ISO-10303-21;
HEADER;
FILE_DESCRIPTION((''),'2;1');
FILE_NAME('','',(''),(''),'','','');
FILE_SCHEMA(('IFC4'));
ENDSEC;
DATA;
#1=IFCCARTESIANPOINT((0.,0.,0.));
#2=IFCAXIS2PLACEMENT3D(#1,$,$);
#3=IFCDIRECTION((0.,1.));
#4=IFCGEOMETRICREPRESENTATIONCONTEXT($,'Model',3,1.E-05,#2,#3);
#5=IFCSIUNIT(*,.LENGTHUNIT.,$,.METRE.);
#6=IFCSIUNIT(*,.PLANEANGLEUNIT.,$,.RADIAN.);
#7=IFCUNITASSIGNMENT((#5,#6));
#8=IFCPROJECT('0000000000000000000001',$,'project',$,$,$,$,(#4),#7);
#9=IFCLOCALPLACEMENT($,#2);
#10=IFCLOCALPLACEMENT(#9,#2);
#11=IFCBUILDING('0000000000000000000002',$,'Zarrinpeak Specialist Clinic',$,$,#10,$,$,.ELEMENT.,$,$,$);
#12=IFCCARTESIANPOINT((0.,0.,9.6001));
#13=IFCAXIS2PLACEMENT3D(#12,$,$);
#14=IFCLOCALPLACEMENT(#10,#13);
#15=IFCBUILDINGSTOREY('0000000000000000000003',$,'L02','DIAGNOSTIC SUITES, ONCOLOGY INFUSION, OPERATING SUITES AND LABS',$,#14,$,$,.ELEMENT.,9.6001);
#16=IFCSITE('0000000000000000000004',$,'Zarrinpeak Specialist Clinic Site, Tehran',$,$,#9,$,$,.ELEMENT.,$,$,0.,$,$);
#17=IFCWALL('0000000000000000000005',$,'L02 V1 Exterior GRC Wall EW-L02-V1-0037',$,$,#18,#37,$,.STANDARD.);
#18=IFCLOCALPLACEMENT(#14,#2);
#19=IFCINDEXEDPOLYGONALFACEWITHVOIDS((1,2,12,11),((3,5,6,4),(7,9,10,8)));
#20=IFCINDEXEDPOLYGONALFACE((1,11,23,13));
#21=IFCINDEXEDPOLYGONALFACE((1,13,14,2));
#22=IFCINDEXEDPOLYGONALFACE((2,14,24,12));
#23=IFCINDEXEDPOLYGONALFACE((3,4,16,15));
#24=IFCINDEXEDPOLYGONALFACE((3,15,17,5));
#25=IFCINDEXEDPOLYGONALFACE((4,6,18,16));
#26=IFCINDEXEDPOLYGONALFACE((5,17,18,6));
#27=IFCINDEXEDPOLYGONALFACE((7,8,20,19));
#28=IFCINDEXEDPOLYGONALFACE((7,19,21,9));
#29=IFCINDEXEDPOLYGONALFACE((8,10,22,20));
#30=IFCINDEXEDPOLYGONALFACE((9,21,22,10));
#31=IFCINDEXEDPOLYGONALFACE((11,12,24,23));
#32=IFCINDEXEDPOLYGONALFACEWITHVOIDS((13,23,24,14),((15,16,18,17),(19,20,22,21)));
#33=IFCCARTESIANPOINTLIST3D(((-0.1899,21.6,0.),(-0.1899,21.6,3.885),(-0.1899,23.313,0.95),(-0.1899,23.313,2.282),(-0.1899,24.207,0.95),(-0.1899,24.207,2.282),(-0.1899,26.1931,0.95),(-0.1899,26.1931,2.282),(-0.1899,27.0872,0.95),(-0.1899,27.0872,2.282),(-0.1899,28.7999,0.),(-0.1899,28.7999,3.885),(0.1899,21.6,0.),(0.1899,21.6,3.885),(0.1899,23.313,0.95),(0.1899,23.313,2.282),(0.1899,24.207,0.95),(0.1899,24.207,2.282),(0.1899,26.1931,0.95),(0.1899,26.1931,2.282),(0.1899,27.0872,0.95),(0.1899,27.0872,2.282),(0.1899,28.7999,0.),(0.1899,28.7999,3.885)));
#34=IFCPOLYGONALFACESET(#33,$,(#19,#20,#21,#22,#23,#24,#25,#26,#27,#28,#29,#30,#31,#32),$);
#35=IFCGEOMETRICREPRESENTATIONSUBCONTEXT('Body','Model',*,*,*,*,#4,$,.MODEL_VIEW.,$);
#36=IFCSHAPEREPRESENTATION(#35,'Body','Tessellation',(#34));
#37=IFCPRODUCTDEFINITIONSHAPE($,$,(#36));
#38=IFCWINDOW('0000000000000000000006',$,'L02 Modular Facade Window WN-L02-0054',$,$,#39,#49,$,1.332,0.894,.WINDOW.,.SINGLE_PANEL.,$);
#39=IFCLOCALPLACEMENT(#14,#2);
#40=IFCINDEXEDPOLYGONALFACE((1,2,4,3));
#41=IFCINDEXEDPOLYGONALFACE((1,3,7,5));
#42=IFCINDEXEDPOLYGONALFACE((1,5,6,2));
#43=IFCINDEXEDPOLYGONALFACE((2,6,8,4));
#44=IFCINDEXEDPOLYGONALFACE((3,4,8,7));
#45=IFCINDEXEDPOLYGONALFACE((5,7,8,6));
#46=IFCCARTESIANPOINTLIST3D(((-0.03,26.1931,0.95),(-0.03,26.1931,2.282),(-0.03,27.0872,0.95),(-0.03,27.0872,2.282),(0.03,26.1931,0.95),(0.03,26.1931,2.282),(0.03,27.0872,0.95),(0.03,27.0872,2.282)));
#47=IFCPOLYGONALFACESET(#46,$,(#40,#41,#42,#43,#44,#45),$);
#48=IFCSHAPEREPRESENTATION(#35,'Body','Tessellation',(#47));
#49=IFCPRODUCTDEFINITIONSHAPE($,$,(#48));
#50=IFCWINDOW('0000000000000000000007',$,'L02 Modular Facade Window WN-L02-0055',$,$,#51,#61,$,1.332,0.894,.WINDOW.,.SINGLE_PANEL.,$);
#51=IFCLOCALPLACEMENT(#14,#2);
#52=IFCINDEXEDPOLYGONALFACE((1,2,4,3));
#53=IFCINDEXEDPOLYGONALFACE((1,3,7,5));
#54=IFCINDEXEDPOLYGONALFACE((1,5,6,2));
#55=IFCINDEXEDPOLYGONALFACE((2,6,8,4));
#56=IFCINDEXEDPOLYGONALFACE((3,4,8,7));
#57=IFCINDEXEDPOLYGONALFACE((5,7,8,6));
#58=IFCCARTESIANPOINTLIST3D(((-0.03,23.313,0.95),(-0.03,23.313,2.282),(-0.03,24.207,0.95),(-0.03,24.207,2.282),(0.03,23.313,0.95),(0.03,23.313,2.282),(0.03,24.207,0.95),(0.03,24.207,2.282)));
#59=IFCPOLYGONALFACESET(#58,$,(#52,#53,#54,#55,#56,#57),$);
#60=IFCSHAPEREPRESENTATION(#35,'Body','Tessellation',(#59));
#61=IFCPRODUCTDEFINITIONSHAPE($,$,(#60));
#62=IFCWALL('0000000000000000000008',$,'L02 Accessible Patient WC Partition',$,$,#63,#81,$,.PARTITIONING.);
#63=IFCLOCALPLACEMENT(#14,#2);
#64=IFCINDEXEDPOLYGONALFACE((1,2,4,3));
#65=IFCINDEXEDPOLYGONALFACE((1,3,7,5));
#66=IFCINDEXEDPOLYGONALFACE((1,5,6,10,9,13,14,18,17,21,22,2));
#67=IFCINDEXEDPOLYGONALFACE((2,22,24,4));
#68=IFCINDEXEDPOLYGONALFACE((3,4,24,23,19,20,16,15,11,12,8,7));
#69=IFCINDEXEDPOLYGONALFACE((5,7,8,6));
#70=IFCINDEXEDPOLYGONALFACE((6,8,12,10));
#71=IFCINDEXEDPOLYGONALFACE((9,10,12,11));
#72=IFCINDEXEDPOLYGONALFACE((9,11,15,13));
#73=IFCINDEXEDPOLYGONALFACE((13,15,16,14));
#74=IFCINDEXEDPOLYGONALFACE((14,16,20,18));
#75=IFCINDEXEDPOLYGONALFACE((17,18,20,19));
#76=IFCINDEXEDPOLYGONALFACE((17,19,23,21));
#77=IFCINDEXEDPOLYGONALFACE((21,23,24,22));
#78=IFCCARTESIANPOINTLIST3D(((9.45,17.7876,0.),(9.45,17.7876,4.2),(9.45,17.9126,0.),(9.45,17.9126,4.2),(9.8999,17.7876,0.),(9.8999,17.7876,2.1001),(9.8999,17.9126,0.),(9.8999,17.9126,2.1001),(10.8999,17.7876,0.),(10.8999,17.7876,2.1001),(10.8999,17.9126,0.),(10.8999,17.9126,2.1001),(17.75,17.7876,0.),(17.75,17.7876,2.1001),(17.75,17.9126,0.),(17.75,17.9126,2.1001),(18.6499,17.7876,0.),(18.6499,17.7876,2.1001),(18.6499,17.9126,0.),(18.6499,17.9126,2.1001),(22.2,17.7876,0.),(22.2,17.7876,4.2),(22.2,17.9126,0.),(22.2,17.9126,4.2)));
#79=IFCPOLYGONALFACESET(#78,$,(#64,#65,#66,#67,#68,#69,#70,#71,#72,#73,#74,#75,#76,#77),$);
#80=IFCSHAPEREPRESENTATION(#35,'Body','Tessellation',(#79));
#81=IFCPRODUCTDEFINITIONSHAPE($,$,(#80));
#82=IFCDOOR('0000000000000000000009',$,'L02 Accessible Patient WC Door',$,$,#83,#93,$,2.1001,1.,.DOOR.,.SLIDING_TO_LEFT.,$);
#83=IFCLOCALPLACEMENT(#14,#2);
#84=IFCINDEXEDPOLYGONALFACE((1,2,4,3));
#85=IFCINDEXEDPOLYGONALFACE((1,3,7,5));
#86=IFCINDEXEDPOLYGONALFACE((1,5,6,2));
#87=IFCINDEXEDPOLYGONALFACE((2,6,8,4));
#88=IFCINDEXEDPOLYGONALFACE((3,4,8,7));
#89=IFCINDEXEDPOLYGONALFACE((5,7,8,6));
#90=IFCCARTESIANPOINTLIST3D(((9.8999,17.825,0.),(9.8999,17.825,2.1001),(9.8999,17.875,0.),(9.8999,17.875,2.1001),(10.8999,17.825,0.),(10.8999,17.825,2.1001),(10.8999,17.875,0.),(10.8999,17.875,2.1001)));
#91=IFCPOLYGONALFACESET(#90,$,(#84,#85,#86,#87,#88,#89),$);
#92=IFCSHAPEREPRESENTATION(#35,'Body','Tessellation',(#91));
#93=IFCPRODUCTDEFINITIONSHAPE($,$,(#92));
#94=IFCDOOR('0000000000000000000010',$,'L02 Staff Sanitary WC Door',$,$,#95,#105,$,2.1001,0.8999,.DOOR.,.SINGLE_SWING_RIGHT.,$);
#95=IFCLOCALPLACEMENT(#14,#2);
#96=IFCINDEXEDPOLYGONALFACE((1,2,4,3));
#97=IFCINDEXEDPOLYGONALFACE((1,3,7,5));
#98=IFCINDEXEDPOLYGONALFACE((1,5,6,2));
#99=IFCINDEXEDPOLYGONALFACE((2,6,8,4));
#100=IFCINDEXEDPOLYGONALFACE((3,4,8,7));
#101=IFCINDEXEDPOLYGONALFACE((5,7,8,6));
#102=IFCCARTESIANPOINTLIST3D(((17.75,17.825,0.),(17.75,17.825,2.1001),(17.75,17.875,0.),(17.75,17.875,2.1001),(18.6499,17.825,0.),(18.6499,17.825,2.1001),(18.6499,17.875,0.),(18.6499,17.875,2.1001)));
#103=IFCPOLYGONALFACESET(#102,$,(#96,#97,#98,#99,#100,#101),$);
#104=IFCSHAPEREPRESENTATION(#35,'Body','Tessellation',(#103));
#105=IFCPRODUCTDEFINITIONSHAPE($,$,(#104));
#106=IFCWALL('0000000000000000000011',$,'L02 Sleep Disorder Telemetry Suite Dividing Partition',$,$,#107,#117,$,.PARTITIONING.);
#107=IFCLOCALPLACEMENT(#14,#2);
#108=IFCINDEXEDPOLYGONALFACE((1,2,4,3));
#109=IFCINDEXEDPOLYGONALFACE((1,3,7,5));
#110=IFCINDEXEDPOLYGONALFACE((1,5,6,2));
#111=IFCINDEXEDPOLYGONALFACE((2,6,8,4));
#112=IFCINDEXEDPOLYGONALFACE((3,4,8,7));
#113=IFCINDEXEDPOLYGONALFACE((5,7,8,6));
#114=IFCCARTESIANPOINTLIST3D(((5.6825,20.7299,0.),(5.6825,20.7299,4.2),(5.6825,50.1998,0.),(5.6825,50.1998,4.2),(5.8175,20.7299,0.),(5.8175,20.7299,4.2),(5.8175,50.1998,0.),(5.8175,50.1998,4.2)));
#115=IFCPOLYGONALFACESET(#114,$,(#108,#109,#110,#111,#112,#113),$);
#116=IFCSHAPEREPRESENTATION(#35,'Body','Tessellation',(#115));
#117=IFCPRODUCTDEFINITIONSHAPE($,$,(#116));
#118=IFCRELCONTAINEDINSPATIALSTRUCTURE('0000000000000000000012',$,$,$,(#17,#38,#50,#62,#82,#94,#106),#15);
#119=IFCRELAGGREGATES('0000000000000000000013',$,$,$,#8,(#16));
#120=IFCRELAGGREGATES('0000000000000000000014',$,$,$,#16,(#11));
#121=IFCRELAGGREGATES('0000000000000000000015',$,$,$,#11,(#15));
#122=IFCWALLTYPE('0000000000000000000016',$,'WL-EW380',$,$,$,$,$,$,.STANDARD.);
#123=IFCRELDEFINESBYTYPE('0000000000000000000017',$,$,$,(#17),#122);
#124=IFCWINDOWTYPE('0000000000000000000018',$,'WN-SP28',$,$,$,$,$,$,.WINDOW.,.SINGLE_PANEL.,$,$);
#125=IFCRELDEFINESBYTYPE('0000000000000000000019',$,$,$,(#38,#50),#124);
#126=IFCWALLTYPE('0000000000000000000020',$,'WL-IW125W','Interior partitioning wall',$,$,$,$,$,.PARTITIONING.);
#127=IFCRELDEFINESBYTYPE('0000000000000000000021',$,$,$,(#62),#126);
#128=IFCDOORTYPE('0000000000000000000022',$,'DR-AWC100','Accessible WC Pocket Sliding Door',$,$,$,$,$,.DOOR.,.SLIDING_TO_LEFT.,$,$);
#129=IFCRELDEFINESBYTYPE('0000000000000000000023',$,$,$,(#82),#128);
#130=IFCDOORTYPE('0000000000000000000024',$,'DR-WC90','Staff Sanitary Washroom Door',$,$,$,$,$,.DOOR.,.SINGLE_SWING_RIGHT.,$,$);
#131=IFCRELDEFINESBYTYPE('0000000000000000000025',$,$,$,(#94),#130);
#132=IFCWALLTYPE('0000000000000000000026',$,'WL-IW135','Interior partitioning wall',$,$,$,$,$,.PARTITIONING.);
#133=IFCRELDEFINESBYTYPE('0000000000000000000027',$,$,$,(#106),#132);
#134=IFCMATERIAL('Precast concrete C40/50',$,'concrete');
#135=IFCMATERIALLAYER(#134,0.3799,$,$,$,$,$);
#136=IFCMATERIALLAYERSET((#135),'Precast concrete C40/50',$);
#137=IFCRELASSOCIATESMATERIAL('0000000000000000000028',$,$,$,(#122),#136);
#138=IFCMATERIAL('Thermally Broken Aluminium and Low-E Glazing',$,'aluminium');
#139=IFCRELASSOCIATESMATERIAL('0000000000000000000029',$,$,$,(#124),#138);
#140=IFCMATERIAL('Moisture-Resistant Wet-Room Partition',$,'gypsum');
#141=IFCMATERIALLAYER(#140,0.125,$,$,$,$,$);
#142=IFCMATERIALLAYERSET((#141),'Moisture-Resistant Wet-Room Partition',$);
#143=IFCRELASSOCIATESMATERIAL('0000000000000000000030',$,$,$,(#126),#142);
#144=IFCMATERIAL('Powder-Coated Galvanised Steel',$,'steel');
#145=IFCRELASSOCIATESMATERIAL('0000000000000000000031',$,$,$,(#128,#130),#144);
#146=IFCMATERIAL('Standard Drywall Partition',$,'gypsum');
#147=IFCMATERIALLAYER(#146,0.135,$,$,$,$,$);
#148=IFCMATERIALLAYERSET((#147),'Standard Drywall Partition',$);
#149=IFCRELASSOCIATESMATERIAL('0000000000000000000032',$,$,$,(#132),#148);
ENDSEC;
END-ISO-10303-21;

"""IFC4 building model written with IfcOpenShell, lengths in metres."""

from ifc_helpers import new_model, si_unit, direction, frame, frame_2d, origin, place, context, subcontext, project, spatial, rectangle, extrude, material, layer, layer_set, type_object, element, fill, save


model = new_model("IFC4")

# Units and contexts
model_context = context("Model", 3, precision=1e-05, world=origin(), true_north=direction((0.0, 1.0)))
body_context = subcontext(model_context, "Body", "Model", "MODEL_VIEW")
ifc_project = project(units=[si_unit("LENGTHUNIT", "METRE"), si_unit("PLANEANGLEUNIT", "RADIAN")], contexts=[model_context])

# Site, building, storey
site_placement = place(None, origin())
site = spatial("IfcSite", under=ifc_project, at=site_placement, Name="Zarrinpeak Specialist Clinic Site, Tehran", CompositionType="ELEMENT", RefElevation=0.0)
building_placement = place(site_placement, origin())
building = spatial("IfcBuilding", under=site, at=building_placement, Name="Zarrinpeak Specialist Clinic", CompositionType="ELEMENT")
storey_placement = place(building_placement, frame((0.0, 0.0, 9.6001)))
storey = spatial("IfcBuildingStorey", under=building, at=storey_placement, Name="L02", Description="DIAGNOSTIC SUITES, ONCOLOGY INFUSION, OPERATING SUITES AND LABS", CompositionType="ELEMENT", Elevation=9.6001)

# Wall, openings, windows
ifc_material_1 = material(Name="Precast concrete C40/50", Category="concrete")
ifc_layer_1 = layer(ifc_material_1, 0.3799)
ifc_layer_set_1 = layer_set([ifc_layer_1], Name="Precast concrete C40/50")
wall_type_1 = type_object("IfcWallType", Name="WL-EW380", PredefinedType="STANDARD", material=ifc_layer_set_1)
ifc_material_2 = material(Name="Thermally Broken Aluminium and Low-E Glazing", Category="aluminium")
wall_1_placement = place(storey_placement, frame((0.0, 28.8, 0.0), z_axis=(0.0, 0.0, 1.0), x_axis=(0.0, -1.0, 0.0)))
wall_1 = element("IfcWall", 1, at=wall_1_placement, inside=storey, type_object=wall_type_1, Name="L02 V1 Exterior GRC Wall EW-L02-V1-0037", PredefinedType="STANDARD", context=body_context, shape_type="SweptSolid", body=[
    extrude(rectangle(XDim=7.2, YDim=0.3799, at=frame_2d((3.6001, 0.0))), origin(), (0.0, 0.0, 1.0), 3.885),
])
opening_1_placement = place(wall_1_placement, frame((1.7129, 0.0, 0.95)))
opening_1 = element("IfcOpeningElement", 2, at=opening_1_placement, cuts=wall_1, PredefinedType="OPENING", context=body_context, shape_type="SweptSolid", body=[
    extrude(rectangle(XDim=0.894, YDim=1.332, at=frame_2d((0.447, 0.666))), frame((0.0, 0.2, 0.0), z_axis=(0.0, -1.0, 0.0), x_axis=(1.0, 0.0, 0.0)), (0.0, 0.0, 1.0), 0.3999),
])
opening_2_placement = place(wall_1_placement, frame((4.593, 0.0, 0.95)))
opening_2 = element("IfcOpeningElement", 3, at=opening_2_placement, cuts=wall_1, PredefinedType="OPENING", context=body_context, shape_type="SweptSolid", body=[
    extrude(rectangle(XDim=0.894, YDim=1.332, at=frame_2d((0.447, 0.666))), frame((0.0, 0.2, 0.0), z_axis=(0.0, -1.0, 0.0), x_axis=(1.0, 0.0, 0.0)), (0.0, 0.0, 1.0), 0.3999),
])
window_type_1 = type_object("IfcWindowType", Name="WN-SP28", PartitioningType="SINGLE_PANEL", PredefinedType="WINDOW", material=ifc_material_2)
window_1_placement = place(opening_1_placement, origin())
window_1 = element("IfcWindow", 4, at=window_1_placement, inside=storey, type_object=window_type_1, Name="L02 Modular Facade Window WN-L02-0054", OverallHeight=1.332, OverallWidth=0.894, PartitioningType="SINGLE_PANEL", PredefinedType="WINDOW", context=body_context, shape_type="SweptSolid", body=[
    extrude(rectangle(XDim=0.894, YDim=1.332, at=frame_2d((0.447, 0.666))), frame((0.0, 0.03, 0.0), z_axis=(0.0, -1.0, 0.0), x_axis=(1.0, 0.0, 0.0)), (0.0, 0.0, 1.0), 0.0601),
])
fill(opening_1, window_1)
window_2_placement = place(opening_2_placement, origin())
window_2 = element("IfcWindow", 5, at=window_2_placement, inside=storey, type_object=window_type_1, Name="L02 Modular Facade Window WN-L02-0055", OverallHeight=1.332, OverallWidth=0.894, PartitioningType="SINGLE_PANEL", PredefinedType="WINDOW", context=body_context, shape_type="SweptSolid", body=[
    extrude(rectangle(XDim=0.894, YDim=1.332, at=frame_2d((0.447, 0.666))), frame((0.0, 0.03, 0.0), z_axis=(0.0, -1.0, 0.0), x_axis=(1.0, 0.0, 0.0)), (0.0, 0.0, 1.0), 0.0601),
])
fill(opening_2, window_2)

# Wall, openings, doors
ifc_material_3 = material(Name="Moisture-Resistant Wet-Room Partition", Category="gypsum")
ifc_layer_2 = layer(ifc_material_3, 0.125)
ifc_layer_set_2 = layer_set([ifc_layer_2], Name="Moisture-Resistant Wet-Room Partition")
wall_type_2 = type_object("IfcWallType", Name="WL-IW125W", Description="Interior partitioning wall", PredefinedType="PARTITIONING", material=ifc_layer_set_2)
wall_2_placement = place(storey_placement, frame((9.45, 17.8501, 0.0), z_axis=(0.0, 0.0, 1.0), x_axis=(1.0, 0.0, 0.0)))
wall_2 = element("IfcWall", 6, at=wall_2_placement, inside=storey, type_object=wall_type_2, Name="L02 Accessible Patient WC Partition", PredefinedType="PARTITIONING", context=body_context, shape_type="SweptSolid", body=[
    extrude(rectangle(XDim=12.75, YDim=0.125, at=frame_2d((6.375, 0.0))), origin(), (0.0, 0.0, 1.0), 4.2),
])
opening_3_placement = place(wall_2_placement, frame((0.45, 0.0, 0.0)))
opening_3 = element("IfcOpeningElement", 7, at=opening_3_placement, cuts=wall_2, PredefinedType="OPENING", context=body_context, shape_type="SweptSolid", body=[
    extrude(rectangle(XDim=1.0, YDim=2.1001, at=frame_2d((0.5, 1.05))), frame((0.0, 0.0725, 0.0), z_axis=(0.0, -1.0, 0.0), x_axis=(1.0, 0.0, 0.0)), (0.0, 0.0, 1.0), 0.145),
])
opening_4_placement = place(wall_2_placement, frame((8.3, 0.0, 0.0)))
opening_4 = element("IfcOpeningElement", 8, at=opening_4_placement, cuts=wall_2, PredefinedType="OPENING", context=body_context, shape_type="SweptSolid", body=[
    extrude(rectangle(XDim=0.8999, YDim=2.1001, at=frame_2d((0.45, 1.05))), frame((0.0, 0.0725, 0.0), z_axis=(0.0, -1.0, 0.0), x_axis=(1.0, 0.0, 0.0)), (0.0, 0.0, 1.0), 0.145),
])
ifc_material_4 = material(Name="Powder-Coated Galvanised Steel", Category="steel")
door_type_1 = type_object("IfcDoorType", Name="DR-AWC100", Description="Accessible WC Pocket Sliding Door", OperationType="SLIDING_TO_LEFT", PredefinedType="DOOR", material=ifc_material_4)
door_1_placement = place(opening_3_placement, origin())
door_1 = element("IfcDoor", 9, at=door_1_placement, inside=storey, type_object=door_type_1, Name="L02 Accessible Patient WC Door", OperationType="SLIDING_TO_LEFT", OverallHeight=2.1001, OverallWidth=1.0, PredefinedType="DOOR", context=body_context, shape_type="SweptSolid", body=[
    extrude(rectangle(XDim=1.0, YDim=2.1001, at=frame_2d((0.5, 1.05))), frame((0.0, 0.0249, 0.0), z_axis=(0.0, -1.0, 0.0), x_axis=(1.0, 0.0, 0.0)), (0.0, 0.0, 1.0), 0.05),
])
fill(opening_3, door_1)
door_type_2 = type_object("IfcDoorType", Name="DR-WC90", Description="Staff Sanitary Washroom Door", OperationType="SINGLE_SWING_RIGHT", PredefinedType="DOOR", material=ifc_material_4)
door_2_placement = place(opening_4_placement, origin())
door_2 = element("IfcDoor", 10, at=door_2_placement, inside=storey, type_object=door_type_2, Name="L02 Staff Sanitary WC Door", OperationType="SINGLE_SWING_RIGHT", OverallHeight=2.1001, OverallWidth=0.8999, PredefinedType="DOOR", context=body_context, shape_type="SweptSolid", body=[
    extrude(rectangle(XDim=0.8999, YDim=2.1001, at=frame_2d((0.45, 1.05))), frame((0.0, 0.0249, 0.0), z_axis=(0.0, -1.0, 0.0), x_axis=(1.0, 0.0, 0.0)), (0.0, 0.0, 1.0), 0.05),
])
fill(opening_4, door_2)

# Wall
ifc_material_5 = material(Name="Standard Drywall Partition", Category="gypsum")
ifc_layer_3 = layer(ifc_material_5, 0.135)
ifc_layer_set_3 = layer_set([ifc_layer_3], Name="Standard Drywall Partition")
wall_type_3 = type_object("IfcWallType", Name="WL-IW135", Description="Interior partitioning wall", PredefinedType="PARTITIONING", material=ifc_layer_set_3)
wall_3_placement = place(storey_placement, frame((5.75, 20.73, 0.0), z_axis=(0.0, 0.0, 1.0), x_axis=(0.0, 1.0, 0.0)))
element("IfcWall", 11, at=wall_3_placement, inside=storey, type_object=wall_type_3, Name="L02 Sleep Disorder Telemetry Suite Dividing Partition", PredefinedType="PARTITIONING", context=body_context, shape_type="SweptSolid", body=[
    extrude(rectangle(XDim=29.47, YDim=0.135, at=frame_2d((14.7349, 0.0))), origin(), (0.0, 0.0, 1.0), 4.2),
])

save(model, "model.ifc")
